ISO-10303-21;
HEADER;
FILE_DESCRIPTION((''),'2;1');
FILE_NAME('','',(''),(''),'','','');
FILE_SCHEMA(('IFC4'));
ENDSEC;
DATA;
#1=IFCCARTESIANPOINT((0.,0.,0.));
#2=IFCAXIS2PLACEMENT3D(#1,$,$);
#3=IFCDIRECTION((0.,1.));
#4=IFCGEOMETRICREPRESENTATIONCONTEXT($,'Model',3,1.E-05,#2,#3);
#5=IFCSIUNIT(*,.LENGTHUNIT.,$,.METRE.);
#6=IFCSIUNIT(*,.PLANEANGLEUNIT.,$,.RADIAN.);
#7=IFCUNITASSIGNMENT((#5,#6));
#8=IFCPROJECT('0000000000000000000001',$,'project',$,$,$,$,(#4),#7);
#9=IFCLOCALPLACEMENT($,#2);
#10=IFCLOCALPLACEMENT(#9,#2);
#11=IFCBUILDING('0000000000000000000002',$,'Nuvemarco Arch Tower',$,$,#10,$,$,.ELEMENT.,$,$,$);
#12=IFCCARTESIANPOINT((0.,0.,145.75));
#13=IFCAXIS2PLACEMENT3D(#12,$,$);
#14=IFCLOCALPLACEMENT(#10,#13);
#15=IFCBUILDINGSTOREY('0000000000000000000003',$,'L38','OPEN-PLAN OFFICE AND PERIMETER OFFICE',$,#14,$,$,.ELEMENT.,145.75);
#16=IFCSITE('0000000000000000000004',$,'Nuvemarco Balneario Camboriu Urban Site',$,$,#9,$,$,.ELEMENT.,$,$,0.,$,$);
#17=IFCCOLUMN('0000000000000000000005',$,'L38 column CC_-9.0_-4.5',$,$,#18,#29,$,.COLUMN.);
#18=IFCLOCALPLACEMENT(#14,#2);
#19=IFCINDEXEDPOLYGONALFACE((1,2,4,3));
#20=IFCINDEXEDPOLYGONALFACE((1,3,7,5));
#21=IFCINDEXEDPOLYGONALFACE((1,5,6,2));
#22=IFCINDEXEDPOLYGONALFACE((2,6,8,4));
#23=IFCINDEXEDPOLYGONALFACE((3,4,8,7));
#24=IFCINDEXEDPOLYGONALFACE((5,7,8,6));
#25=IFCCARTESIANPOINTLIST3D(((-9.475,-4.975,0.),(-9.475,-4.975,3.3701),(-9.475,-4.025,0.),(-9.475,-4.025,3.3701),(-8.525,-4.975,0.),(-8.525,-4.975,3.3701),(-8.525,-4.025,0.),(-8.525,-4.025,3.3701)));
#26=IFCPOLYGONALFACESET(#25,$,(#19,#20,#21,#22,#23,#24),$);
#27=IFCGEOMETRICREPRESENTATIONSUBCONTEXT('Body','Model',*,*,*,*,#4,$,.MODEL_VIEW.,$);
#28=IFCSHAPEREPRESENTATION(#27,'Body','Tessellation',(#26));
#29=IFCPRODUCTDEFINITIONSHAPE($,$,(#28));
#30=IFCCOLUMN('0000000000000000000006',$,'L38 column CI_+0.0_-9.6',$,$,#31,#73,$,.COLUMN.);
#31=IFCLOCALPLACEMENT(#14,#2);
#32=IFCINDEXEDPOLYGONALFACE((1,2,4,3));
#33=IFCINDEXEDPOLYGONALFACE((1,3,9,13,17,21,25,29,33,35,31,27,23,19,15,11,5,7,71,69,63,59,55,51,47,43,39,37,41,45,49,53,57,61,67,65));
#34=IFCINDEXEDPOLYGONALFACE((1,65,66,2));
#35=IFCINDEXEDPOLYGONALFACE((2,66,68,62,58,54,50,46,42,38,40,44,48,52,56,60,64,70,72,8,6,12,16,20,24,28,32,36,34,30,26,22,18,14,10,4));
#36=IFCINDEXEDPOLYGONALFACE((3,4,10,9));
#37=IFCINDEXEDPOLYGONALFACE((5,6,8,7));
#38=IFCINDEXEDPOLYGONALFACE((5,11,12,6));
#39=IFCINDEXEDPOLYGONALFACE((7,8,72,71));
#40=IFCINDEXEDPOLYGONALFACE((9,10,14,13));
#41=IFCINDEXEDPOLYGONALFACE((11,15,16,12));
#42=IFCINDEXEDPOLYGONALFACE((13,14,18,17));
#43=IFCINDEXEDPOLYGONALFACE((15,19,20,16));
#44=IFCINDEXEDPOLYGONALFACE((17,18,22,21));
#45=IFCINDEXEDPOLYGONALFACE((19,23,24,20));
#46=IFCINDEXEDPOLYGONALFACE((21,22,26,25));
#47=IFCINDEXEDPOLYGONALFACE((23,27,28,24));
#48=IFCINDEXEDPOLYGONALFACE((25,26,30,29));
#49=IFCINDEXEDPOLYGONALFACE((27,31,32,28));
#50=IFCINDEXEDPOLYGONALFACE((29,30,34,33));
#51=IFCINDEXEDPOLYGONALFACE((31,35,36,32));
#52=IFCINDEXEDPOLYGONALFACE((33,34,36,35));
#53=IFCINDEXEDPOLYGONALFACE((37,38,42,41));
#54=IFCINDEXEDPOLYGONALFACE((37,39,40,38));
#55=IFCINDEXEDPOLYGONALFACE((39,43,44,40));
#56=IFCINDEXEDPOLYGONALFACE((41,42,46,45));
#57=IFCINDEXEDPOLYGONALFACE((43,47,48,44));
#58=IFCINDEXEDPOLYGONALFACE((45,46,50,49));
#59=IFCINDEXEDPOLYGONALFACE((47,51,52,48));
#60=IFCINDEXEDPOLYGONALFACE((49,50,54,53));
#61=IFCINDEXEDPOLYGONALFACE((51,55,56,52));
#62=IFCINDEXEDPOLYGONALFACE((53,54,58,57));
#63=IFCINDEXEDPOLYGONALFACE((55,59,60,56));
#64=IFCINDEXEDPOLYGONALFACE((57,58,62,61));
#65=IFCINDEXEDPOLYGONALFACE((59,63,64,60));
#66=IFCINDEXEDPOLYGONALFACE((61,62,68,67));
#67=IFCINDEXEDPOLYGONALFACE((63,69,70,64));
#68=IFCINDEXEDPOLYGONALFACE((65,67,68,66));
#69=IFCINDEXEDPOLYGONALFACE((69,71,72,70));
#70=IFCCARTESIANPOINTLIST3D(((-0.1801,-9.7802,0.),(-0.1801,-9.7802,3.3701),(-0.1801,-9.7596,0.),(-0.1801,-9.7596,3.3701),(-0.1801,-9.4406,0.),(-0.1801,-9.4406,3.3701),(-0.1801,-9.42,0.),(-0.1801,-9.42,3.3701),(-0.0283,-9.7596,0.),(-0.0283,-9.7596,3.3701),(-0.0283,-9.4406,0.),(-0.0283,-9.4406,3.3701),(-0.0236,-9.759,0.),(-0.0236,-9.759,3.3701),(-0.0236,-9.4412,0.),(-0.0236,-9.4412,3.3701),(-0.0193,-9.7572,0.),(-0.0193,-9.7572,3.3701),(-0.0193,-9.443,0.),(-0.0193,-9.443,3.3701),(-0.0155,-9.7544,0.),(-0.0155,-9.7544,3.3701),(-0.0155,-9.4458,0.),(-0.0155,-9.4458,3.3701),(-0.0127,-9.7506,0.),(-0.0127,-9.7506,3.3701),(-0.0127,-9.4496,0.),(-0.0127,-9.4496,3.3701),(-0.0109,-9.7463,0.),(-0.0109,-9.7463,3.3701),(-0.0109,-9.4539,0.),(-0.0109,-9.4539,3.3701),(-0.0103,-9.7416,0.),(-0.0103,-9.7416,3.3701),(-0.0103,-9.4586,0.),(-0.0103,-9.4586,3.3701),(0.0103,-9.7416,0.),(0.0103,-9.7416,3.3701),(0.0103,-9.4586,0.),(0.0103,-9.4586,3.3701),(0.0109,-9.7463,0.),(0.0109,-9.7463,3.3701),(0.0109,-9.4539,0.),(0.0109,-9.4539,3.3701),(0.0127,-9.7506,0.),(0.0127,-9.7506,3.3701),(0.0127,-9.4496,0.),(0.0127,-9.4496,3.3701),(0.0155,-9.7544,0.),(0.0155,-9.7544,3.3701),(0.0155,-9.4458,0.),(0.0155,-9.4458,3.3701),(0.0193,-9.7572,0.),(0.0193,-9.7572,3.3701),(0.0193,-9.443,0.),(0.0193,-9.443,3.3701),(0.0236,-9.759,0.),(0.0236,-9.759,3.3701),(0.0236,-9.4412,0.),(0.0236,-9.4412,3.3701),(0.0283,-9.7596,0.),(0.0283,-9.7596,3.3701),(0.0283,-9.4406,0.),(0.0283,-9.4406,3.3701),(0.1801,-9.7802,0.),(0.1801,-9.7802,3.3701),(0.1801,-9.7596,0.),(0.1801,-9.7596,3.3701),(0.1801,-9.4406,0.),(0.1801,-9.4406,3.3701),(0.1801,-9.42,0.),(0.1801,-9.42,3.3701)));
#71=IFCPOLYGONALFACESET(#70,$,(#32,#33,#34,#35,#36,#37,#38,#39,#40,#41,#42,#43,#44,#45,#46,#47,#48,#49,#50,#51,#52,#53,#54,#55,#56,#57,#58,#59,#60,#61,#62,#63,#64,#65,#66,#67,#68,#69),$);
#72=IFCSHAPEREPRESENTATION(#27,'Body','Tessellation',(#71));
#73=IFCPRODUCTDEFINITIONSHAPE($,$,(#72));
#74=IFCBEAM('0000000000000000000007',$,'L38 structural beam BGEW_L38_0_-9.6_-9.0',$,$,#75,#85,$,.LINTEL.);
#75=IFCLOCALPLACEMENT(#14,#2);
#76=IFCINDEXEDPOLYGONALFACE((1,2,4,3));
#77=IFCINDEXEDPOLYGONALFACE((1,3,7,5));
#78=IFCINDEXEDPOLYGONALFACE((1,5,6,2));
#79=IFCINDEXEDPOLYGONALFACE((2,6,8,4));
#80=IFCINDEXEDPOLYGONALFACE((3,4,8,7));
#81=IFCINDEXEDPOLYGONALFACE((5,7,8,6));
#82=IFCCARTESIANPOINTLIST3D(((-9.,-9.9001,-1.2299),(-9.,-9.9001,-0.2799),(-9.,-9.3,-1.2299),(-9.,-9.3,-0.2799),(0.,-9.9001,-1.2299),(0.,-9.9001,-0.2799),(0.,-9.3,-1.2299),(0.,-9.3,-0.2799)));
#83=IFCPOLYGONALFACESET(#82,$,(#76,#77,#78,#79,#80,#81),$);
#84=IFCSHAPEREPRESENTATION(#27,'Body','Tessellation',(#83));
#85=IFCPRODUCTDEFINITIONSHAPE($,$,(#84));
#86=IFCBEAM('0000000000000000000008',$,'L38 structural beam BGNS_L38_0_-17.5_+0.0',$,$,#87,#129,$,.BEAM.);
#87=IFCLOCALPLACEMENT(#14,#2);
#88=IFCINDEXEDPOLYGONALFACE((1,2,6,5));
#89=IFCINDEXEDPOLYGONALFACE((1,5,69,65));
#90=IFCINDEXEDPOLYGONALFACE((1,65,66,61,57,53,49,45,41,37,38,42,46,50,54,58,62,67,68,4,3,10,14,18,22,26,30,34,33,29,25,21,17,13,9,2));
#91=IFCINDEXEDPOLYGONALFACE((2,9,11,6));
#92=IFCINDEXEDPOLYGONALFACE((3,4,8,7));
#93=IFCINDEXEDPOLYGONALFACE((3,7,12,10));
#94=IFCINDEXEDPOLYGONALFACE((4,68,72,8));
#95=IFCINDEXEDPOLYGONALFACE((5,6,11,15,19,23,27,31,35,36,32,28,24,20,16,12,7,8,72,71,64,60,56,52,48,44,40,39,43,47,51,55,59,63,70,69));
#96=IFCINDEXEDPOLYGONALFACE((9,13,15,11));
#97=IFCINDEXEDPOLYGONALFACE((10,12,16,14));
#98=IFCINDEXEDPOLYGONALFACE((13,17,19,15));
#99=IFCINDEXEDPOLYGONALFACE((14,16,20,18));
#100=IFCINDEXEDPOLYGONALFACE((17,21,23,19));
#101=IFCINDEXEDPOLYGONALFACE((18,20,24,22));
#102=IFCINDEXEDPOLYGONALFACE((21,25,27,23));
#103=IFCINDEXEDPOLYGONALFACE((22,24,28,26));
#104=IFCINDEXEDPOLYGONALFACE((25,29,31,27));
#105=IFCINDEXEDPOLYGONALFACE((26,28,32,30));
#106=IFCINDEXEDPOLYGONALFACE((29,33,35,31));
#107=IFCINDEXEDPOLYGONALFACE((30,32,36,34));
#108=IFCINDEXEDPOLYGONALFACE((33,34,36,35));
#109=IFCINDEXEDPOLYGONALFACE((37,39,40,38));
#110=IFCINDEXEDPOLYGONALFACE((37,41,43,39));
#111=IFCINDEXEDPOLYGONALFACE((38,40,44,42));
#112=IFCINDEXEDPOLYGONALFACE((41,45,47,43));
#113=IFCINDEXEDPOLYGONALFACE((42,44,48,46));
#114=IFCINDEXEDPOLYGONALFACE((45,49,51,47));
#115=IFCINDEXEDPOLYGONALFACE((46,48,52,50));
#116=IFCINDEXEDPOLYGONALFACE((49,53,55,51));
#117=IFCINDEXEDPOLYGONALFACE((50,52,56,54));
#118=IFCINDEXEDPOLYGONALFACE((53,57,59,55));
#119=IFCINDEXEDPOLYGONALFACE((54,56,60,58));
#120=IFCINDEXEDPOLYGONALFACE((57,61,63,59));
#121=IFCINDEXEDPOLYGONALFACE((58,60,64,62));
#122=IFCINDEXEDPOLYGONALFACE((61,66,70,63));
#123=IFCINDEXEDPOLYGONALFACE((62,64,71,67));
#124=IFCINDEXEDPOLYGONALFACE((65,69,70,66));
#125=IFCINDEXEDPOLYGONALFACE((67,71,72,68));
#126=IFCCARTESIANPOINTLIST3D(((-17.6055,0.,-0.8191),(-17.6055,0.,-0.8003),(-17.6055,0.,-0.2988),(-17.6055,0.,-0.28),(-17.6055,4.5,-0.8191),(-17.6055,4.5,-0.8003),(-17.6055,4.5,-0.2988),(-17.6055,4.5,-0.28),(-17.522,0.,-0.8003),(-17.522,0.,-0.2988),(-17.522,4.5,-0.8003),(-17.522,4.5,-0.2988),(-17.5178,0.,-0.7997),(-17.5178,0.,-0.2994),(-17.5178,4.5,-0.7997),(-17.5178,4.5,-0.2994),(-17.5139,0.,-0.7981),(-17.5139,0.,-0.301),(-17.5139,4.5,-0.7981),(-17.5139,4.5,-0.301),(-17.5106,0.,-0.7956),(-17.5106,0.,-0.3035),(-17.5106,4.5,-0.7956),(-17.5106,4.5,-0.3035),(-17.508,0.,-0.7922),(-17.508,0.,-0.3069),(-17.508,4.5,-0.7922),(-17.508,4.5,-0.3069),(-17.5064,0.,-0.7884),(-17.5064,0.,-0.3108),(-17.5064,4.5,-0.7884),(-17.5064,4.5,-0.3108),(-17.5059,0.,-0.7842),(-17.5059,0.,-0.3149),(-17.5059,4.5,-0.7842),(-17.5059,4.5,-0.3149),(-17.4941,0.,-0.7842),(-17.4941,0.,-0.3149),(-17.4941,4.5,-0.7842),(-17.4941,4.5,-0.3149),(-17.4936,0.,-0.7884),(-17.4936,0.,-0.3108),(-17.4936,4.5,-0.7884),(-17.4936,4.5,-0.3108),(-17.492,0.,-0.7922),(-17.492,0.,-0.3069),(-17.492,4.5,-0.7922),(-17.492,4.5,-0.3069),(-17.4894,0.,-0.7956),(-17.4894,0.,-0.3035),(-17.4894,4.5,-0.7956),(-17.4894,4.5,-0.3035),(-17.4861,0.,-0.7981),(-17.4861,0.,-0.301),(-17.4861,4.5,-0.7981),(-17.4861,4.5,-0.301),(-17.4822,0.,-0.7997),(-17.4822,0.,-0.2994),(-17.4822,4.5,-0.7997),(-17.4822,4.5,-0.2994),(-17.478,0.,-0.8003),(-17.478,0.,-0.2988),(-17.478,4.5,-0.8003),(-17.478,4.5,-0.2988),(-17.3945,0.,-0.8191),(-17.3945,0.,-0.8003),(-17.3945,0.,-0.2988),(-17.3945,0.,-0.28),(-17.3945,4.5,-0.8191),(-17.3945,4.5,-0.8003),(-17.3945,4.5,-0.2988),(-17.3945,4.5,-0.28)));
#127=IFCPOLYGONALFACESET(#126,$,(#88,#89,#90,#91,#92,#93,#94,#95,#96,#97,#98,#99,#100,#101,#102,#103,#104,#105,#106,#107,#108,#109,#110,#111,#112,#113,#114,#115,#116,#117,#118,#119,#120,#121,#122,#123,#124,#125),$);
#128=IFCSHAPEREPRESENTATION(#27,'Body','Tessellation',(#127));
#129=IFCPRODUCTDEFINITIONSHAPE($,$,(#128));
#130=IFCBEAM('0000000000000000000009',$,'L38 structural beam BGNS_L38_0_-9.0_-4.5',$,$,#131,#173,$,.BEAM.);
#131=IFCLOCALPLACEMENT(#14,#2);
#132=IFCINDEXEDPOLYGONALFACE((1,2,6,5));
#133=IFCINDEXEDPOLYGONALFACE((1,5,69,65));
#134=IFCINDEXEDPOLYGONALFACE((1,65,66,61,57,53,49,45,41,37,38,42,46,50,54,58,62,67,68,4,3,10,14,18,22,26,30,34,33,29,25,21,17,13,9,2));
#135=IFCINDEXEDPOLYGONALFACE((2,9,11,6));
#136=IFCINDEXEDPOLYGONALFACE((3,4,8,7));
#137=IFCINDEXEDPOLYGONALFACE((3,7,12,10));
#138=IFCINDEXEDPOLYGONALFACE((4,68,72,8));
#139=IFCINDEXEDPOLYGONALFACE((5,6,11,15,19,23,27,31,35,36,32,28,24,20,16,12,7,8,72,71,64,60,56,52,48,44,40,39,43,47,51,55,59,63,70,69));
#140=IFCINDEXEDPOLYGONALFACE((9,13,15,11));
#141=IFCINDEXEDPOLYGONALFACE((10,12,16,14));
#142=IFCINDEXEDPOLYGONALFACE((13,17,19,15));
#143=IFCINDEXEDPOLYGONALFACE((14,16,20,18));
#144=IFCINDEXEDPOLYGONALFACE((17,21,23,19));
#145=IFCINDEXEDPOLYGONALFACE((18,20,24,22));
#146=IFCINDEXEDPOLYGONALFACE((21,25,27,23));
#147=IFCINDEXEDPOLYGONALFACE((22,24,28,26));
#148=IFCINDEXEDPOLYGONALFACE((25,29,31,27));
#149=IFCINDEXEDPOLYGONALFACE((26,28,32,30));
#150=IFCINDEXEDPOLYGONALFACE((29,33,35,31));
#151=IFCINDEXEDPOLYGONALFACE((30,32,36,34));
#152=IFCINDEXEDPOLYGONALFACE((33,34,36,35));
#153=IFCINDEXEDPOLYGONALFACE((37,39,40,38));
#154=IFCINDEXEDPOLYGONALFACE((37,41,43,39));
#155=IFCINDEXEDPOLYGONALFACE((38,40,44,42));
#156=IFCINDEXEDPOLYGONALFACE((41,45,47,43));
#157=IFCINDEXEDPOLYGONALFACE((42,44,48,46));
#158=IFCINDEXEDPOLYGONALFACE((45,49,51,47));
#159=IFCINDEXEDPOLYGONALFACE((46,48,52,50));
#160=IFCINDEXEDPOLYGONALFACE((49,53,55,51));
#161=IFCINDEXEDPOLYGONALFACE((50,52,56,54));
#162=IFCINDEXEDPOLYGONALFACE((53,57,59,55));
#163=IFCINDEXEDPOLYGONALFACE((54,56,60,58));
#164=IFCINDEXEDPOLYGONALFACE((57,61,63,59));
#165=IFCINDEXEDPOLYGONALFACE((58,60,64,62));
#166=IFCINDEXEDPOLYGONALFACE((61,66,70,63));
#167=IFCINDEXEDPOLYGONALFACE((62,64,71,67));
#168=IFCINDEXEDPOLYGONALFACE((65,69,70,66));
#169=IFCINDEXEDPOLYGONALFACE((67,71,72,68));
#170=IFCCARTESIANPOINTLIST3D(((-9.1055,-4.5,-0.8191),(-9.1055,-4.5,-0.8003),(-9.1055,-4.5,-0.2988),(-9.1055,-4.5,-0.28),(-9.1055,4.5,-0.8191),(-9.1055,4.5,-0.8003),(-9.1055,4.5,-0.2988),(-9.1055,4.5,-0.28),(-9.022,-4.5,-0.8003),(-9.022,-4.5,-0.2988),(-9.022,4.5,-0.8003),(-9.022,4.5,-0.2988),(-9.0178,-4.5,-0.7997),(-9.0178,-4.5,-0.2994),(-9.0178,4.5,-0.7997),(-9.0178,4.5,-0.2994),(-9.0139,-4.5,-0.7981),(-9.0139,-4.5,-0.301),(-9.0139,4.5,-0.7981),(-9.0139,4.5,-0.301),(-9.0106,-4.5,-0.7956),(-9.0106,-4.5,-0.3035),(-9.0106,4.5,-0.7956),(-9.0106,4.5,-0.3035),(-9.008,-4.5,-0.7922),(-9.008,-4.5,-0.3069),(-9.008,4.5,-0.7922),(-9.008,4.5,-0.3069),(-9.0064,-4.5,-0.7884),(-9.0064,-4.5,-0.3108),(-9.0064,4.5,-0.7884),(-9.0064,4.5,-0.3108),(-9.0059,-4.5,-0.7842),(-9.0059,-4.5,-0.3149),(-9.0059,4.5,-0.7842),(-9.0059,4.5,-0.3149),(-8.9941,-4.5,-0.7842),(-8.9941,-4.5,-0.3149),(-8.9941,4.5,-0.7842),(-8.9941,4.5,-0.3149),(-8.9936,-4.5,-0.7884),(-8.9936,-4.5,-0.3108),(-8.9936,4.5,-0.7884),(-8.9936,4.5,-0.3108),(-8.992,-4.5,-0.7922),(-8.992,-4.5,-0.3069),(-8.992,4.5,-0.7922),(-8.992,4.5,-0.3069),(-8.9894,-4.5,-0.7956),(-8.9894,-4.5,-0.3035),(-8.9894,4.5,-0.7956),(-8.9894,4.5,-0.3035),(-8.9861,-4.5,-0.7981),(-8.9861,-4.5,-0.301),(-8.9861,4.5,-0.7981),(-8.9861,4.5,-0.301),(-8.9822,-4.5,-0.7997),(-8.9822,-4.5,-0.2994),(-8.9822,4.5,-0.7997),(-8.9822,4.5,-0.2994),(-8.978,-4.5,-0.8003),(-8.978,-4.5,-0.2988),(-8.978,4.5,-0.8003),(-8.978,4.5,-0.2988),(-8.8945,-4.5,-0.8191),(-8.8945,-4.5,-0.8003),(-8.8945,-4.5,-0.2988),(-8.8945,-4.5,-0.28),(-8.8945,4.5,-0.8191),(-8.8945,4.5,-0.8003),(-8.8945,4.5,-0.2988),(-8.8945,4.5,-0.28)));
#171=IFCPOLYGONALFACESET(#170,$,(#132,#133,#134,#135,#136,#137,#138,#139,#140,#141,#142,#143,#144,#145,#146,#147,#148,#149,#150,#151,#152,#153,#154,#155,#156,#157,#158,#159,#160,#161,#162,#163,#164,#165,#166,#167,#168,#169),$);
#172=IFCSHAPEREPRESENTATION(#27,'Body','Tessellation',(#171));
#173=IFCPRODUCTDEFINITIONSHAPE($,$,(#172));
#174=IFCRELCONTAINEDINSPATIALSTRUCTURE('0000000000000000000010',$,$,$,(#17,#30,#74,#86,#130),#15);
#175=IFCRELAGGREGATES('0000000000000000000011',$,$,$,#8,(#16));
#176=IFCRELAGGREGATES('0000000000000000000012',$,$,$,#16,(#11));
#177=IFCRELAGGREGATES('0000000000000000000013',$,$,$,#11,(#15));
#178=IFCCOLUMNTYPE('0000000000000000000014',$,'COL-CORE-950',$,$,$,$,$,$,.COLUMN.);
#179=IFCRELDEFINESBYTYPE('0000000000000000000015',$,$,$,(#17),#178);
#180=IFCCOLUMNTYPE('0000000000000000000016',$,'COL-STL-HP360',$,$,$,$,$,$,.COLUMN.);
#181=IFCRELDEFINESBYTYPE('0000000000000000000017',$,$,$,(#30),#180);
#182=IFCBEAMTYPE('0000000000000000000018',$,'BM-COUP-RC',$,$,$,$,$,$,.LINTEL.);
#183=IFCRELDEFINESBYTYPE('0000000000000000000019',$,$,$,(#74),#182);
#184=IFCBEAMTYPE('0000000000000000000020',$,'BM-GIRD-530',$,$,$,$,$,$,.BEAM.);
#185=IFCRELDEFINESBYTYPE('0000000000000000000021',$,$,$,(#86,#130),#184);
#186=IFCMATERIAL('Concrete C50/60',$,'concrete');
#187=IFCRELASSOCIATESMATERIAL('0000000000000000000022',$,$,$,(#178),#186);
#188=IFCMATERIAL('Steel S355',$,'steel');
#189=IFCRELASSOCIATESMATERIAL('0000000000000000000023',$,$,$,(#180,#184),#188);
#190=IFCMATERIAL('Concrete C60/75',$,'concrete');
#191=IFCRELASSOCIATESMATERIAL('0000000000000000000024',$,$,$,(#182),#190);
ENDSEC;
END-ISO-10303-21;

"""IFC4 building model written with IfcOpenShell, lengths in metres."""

from ifc_helpers import new_model, si_unit, direction, frame, origin, origin_2d, place, context, subcontext, project, spatial, rectangle, i_section, extrude, material, material_profile, profile_set, type_object, element, save


model = new_model("IFC4")

# Units and contexts
model_context = context("Model", 3, precision=1e-05, world=origin(), true_north=direction((0.0, 1.0)))
body_context = subcontext(model_context, "Body", "Model", "MODEL_VIEW")
ifc_project = project(units=[si_unit("LENGTHUNIT", "METRE"), si_unit("PLANEANGLEUNIT", "RADIAN")], contexts=[model_context])

# Site, building, storey
site_placement = place(None, origin())
site = spatial("IfcSite", under=ifc_project, at=site_placement, Name="Nuvemarco Balneario Camboriu Urban Site", CompositionType="ELEMENT", RefElevation=0.0)
building_placement = place(site_placement, origin())
building = spatial("IfcBuilding", under=site, at=building_placement, Name="Nuvemarco Arch Tower", CompositionType="ELEMENT")
storey_placement = place(building_placement, frame((0.0, 0.0, 145.75)))
storey = spatial("IfcBuildingStorey", under=building, at=storey_placement, Name="L38", Description="OPEN-PLAN OFFICE AND PERIMETER OFFICE", CompositionType="ELEMENT", Elevation=145.75)

# Columns
ifc_material_1 = material(Name="Concrete C50/60", Category="concrete")
ifc_material_profile_1 = material_profile(ifc_material_1, rectangle(XDim=0.95, YDim=0.95, at=origin_2d()), Name="RC-COL-950x950")
ifc_profile_set_1 = profile_set([ifc_material_profile_1], Name="Concrete C50/60")
column_type_1 = type_object("IfcColumnType", Name="COL-CORE-950", PredefinedType="COLUMN", material=ifc_profile_set_1)
column_1_placement = place(storey_placement, frame((-9.0, -4.5, 0.0), z_axis=(0.0, 0.0, 1.0), x_axis=(1.0, 0.0, 0.0)))
element("IfcColumn", 1, at=column_1_placement, inside=storey, type_object=column_type_1, Name="L38 column CC_-9.0_-4.5", PredefinedType="COLUMN", context=body_context, shape_type="SweptSolid", body=[
    extrude(rectangle(XDim=0.95, YDim=0.95, at=origin_2d()), origin(), (0.0, 0.0, 1.0), 3.3701),
])
ifc_material_2 = material(Name="Steel S355", Category="steel")
ifc_material_profile_2 = material_profile(ifc_material_2, i_section(OverallWidth=0.3601, OverallDepth=0.3601, WebThickness=0.0205, FlangeThickness=0.0205, FilletRadius=0.0181, at=origin_2d()), Name="HP360x174")
ifc_profile_set_2 = profile_set([ifc_material_profile_2], Name="Steel S355")
column_type_2 = type_object("IfcColumnType", Name="COL-STL-HP360", PredefinedType="COLUMN", material=ifc_profile_set_2)
column_2_placement = place(storey_placement, frame((0.0, -9.6001, 0.0), z_axis=(0.0, 0.0, 1.0), x_axis=(1.0, 0.0, 0.0)))
element("IfcColumn", 2, at=column_2_placement, inside=storey, type_object=column_type_2, Name="L38 column CI_+0.0_-9.6", PredefinedType="COLUMN", context=body_context, shape_type="SweptSolid", body=[
    extrude(i_section(OverallWidth=0.3601, OverallDepth=0.3601, WebThickness=0.0205, FlangeThickness=0.0205, FilletRadius=0.0181, at=origin_2d()), origin(), (0.0, 0.0, 1.0), 3.3701),
])

# Beams
ifc_material_3 = material(Name="Concrete C60/75", Category="concrete")
ifc_material_profile_3 = material_profile(ifc_material_3, rectangle(XDim=0.6001, YDim=0.95, at=origin_2d()), Name="RC-BM-600x950")
ifc_profile_set_3 = profile_set([ifc_material_profile_3], Name="Concrete C60/75")
beam_type_1 = type_object("IfcBeamType", Name="BM-COUP-RC", PredefinedType="LINTEL", material=ifc_profile_set_3)
beam_1_placement = place(storey_placement, frame((-9.0, -9.6001, -0.7549), z_axis=(1.0, 0.0, 0.0), x_axis=(0.0, 1.0, 0.0)))
element("IfcBeam", 3, at=beam_1_placement, inside=storey, type_object=beam_type_1, Name="L38 structural beam BGEW_L38_0_-9.6_-9.0", PredefinedType="LINTEL", context=body_context, shape_type="SweptSolid", body=[
    extrude(rectangle(XDim=0.6001, YDim=0.95, at=origin_2d()), origin(), (0.0, 0.0, 1.0), 9.0),
])
ifc_material_profile_4 = material_profile(ifc_material_2, i_section(OverallWidth=0.2109, OverallDepth=0.5391, WebThickness=0.0117, FlangeThickness=0.0188, FilletRadius=0.0161, at=origin_2d()), Name="W530x109")
ifc_profile_set_4 = profile_set([ifc_material_profile_4], Name="Steel S355")
beam_type_2 = type_object("IfcBeamType", Name="BM-GIRD-530", PredefinedType="BEAM", material=ifc_profile_set_4)
beam_2_placement = place(storey_placement, frame((-17.5, 0.0, -0.5496), z_axis=(0.0, 1.0, 0.0), x_axis=(-1.0, 0.0, 0.0)))
element("IfcBeam", 4, at=beam_2_placement, inside=storey, type_object=beam_type_2, Name="L38 structural beam BGNS_L38_0_-17.5_+0.0", PredefinedType="BEAM", context=body_context, shape_type="SweptSolid", body=[
    extrude(i_section(OverallWidth=0.2109, OverallDepth=0.5391, WebThickness=0.0117, FlangeThickness=0.0188, FilletRadius=0.0161, at=origin_2d()), origin(), (0.0, 0.0, 1.0), 4.5),
])
beam_3_placement = place(storey_placement, frame((-9.0, -4.5, -0.5496), z_axis=(0.0, 1.0, 0.0), x_axis=(-1.0, 0.0, 0.0)))
element("IfcBeam", 5, at=beam_3_placement, inside=storey, type_object=beam_type_2, Name="L38 structural beam BGNS_L38_0_-9.0_-4.5", PredefinedType="BEAM", context=body_context, shape_type="SweptSolid", body=[
    extrude(i_section(OverallWidth=0.2109, OverallDepth=0.5391, WebThickness=0.0117, FlangeThickness=0.0188, FilletRadius=0.0161, at=origin_2d()), origin(), (0.0, 0.0, 1.0), 9.0),
])

save(model, "model.ifc")
